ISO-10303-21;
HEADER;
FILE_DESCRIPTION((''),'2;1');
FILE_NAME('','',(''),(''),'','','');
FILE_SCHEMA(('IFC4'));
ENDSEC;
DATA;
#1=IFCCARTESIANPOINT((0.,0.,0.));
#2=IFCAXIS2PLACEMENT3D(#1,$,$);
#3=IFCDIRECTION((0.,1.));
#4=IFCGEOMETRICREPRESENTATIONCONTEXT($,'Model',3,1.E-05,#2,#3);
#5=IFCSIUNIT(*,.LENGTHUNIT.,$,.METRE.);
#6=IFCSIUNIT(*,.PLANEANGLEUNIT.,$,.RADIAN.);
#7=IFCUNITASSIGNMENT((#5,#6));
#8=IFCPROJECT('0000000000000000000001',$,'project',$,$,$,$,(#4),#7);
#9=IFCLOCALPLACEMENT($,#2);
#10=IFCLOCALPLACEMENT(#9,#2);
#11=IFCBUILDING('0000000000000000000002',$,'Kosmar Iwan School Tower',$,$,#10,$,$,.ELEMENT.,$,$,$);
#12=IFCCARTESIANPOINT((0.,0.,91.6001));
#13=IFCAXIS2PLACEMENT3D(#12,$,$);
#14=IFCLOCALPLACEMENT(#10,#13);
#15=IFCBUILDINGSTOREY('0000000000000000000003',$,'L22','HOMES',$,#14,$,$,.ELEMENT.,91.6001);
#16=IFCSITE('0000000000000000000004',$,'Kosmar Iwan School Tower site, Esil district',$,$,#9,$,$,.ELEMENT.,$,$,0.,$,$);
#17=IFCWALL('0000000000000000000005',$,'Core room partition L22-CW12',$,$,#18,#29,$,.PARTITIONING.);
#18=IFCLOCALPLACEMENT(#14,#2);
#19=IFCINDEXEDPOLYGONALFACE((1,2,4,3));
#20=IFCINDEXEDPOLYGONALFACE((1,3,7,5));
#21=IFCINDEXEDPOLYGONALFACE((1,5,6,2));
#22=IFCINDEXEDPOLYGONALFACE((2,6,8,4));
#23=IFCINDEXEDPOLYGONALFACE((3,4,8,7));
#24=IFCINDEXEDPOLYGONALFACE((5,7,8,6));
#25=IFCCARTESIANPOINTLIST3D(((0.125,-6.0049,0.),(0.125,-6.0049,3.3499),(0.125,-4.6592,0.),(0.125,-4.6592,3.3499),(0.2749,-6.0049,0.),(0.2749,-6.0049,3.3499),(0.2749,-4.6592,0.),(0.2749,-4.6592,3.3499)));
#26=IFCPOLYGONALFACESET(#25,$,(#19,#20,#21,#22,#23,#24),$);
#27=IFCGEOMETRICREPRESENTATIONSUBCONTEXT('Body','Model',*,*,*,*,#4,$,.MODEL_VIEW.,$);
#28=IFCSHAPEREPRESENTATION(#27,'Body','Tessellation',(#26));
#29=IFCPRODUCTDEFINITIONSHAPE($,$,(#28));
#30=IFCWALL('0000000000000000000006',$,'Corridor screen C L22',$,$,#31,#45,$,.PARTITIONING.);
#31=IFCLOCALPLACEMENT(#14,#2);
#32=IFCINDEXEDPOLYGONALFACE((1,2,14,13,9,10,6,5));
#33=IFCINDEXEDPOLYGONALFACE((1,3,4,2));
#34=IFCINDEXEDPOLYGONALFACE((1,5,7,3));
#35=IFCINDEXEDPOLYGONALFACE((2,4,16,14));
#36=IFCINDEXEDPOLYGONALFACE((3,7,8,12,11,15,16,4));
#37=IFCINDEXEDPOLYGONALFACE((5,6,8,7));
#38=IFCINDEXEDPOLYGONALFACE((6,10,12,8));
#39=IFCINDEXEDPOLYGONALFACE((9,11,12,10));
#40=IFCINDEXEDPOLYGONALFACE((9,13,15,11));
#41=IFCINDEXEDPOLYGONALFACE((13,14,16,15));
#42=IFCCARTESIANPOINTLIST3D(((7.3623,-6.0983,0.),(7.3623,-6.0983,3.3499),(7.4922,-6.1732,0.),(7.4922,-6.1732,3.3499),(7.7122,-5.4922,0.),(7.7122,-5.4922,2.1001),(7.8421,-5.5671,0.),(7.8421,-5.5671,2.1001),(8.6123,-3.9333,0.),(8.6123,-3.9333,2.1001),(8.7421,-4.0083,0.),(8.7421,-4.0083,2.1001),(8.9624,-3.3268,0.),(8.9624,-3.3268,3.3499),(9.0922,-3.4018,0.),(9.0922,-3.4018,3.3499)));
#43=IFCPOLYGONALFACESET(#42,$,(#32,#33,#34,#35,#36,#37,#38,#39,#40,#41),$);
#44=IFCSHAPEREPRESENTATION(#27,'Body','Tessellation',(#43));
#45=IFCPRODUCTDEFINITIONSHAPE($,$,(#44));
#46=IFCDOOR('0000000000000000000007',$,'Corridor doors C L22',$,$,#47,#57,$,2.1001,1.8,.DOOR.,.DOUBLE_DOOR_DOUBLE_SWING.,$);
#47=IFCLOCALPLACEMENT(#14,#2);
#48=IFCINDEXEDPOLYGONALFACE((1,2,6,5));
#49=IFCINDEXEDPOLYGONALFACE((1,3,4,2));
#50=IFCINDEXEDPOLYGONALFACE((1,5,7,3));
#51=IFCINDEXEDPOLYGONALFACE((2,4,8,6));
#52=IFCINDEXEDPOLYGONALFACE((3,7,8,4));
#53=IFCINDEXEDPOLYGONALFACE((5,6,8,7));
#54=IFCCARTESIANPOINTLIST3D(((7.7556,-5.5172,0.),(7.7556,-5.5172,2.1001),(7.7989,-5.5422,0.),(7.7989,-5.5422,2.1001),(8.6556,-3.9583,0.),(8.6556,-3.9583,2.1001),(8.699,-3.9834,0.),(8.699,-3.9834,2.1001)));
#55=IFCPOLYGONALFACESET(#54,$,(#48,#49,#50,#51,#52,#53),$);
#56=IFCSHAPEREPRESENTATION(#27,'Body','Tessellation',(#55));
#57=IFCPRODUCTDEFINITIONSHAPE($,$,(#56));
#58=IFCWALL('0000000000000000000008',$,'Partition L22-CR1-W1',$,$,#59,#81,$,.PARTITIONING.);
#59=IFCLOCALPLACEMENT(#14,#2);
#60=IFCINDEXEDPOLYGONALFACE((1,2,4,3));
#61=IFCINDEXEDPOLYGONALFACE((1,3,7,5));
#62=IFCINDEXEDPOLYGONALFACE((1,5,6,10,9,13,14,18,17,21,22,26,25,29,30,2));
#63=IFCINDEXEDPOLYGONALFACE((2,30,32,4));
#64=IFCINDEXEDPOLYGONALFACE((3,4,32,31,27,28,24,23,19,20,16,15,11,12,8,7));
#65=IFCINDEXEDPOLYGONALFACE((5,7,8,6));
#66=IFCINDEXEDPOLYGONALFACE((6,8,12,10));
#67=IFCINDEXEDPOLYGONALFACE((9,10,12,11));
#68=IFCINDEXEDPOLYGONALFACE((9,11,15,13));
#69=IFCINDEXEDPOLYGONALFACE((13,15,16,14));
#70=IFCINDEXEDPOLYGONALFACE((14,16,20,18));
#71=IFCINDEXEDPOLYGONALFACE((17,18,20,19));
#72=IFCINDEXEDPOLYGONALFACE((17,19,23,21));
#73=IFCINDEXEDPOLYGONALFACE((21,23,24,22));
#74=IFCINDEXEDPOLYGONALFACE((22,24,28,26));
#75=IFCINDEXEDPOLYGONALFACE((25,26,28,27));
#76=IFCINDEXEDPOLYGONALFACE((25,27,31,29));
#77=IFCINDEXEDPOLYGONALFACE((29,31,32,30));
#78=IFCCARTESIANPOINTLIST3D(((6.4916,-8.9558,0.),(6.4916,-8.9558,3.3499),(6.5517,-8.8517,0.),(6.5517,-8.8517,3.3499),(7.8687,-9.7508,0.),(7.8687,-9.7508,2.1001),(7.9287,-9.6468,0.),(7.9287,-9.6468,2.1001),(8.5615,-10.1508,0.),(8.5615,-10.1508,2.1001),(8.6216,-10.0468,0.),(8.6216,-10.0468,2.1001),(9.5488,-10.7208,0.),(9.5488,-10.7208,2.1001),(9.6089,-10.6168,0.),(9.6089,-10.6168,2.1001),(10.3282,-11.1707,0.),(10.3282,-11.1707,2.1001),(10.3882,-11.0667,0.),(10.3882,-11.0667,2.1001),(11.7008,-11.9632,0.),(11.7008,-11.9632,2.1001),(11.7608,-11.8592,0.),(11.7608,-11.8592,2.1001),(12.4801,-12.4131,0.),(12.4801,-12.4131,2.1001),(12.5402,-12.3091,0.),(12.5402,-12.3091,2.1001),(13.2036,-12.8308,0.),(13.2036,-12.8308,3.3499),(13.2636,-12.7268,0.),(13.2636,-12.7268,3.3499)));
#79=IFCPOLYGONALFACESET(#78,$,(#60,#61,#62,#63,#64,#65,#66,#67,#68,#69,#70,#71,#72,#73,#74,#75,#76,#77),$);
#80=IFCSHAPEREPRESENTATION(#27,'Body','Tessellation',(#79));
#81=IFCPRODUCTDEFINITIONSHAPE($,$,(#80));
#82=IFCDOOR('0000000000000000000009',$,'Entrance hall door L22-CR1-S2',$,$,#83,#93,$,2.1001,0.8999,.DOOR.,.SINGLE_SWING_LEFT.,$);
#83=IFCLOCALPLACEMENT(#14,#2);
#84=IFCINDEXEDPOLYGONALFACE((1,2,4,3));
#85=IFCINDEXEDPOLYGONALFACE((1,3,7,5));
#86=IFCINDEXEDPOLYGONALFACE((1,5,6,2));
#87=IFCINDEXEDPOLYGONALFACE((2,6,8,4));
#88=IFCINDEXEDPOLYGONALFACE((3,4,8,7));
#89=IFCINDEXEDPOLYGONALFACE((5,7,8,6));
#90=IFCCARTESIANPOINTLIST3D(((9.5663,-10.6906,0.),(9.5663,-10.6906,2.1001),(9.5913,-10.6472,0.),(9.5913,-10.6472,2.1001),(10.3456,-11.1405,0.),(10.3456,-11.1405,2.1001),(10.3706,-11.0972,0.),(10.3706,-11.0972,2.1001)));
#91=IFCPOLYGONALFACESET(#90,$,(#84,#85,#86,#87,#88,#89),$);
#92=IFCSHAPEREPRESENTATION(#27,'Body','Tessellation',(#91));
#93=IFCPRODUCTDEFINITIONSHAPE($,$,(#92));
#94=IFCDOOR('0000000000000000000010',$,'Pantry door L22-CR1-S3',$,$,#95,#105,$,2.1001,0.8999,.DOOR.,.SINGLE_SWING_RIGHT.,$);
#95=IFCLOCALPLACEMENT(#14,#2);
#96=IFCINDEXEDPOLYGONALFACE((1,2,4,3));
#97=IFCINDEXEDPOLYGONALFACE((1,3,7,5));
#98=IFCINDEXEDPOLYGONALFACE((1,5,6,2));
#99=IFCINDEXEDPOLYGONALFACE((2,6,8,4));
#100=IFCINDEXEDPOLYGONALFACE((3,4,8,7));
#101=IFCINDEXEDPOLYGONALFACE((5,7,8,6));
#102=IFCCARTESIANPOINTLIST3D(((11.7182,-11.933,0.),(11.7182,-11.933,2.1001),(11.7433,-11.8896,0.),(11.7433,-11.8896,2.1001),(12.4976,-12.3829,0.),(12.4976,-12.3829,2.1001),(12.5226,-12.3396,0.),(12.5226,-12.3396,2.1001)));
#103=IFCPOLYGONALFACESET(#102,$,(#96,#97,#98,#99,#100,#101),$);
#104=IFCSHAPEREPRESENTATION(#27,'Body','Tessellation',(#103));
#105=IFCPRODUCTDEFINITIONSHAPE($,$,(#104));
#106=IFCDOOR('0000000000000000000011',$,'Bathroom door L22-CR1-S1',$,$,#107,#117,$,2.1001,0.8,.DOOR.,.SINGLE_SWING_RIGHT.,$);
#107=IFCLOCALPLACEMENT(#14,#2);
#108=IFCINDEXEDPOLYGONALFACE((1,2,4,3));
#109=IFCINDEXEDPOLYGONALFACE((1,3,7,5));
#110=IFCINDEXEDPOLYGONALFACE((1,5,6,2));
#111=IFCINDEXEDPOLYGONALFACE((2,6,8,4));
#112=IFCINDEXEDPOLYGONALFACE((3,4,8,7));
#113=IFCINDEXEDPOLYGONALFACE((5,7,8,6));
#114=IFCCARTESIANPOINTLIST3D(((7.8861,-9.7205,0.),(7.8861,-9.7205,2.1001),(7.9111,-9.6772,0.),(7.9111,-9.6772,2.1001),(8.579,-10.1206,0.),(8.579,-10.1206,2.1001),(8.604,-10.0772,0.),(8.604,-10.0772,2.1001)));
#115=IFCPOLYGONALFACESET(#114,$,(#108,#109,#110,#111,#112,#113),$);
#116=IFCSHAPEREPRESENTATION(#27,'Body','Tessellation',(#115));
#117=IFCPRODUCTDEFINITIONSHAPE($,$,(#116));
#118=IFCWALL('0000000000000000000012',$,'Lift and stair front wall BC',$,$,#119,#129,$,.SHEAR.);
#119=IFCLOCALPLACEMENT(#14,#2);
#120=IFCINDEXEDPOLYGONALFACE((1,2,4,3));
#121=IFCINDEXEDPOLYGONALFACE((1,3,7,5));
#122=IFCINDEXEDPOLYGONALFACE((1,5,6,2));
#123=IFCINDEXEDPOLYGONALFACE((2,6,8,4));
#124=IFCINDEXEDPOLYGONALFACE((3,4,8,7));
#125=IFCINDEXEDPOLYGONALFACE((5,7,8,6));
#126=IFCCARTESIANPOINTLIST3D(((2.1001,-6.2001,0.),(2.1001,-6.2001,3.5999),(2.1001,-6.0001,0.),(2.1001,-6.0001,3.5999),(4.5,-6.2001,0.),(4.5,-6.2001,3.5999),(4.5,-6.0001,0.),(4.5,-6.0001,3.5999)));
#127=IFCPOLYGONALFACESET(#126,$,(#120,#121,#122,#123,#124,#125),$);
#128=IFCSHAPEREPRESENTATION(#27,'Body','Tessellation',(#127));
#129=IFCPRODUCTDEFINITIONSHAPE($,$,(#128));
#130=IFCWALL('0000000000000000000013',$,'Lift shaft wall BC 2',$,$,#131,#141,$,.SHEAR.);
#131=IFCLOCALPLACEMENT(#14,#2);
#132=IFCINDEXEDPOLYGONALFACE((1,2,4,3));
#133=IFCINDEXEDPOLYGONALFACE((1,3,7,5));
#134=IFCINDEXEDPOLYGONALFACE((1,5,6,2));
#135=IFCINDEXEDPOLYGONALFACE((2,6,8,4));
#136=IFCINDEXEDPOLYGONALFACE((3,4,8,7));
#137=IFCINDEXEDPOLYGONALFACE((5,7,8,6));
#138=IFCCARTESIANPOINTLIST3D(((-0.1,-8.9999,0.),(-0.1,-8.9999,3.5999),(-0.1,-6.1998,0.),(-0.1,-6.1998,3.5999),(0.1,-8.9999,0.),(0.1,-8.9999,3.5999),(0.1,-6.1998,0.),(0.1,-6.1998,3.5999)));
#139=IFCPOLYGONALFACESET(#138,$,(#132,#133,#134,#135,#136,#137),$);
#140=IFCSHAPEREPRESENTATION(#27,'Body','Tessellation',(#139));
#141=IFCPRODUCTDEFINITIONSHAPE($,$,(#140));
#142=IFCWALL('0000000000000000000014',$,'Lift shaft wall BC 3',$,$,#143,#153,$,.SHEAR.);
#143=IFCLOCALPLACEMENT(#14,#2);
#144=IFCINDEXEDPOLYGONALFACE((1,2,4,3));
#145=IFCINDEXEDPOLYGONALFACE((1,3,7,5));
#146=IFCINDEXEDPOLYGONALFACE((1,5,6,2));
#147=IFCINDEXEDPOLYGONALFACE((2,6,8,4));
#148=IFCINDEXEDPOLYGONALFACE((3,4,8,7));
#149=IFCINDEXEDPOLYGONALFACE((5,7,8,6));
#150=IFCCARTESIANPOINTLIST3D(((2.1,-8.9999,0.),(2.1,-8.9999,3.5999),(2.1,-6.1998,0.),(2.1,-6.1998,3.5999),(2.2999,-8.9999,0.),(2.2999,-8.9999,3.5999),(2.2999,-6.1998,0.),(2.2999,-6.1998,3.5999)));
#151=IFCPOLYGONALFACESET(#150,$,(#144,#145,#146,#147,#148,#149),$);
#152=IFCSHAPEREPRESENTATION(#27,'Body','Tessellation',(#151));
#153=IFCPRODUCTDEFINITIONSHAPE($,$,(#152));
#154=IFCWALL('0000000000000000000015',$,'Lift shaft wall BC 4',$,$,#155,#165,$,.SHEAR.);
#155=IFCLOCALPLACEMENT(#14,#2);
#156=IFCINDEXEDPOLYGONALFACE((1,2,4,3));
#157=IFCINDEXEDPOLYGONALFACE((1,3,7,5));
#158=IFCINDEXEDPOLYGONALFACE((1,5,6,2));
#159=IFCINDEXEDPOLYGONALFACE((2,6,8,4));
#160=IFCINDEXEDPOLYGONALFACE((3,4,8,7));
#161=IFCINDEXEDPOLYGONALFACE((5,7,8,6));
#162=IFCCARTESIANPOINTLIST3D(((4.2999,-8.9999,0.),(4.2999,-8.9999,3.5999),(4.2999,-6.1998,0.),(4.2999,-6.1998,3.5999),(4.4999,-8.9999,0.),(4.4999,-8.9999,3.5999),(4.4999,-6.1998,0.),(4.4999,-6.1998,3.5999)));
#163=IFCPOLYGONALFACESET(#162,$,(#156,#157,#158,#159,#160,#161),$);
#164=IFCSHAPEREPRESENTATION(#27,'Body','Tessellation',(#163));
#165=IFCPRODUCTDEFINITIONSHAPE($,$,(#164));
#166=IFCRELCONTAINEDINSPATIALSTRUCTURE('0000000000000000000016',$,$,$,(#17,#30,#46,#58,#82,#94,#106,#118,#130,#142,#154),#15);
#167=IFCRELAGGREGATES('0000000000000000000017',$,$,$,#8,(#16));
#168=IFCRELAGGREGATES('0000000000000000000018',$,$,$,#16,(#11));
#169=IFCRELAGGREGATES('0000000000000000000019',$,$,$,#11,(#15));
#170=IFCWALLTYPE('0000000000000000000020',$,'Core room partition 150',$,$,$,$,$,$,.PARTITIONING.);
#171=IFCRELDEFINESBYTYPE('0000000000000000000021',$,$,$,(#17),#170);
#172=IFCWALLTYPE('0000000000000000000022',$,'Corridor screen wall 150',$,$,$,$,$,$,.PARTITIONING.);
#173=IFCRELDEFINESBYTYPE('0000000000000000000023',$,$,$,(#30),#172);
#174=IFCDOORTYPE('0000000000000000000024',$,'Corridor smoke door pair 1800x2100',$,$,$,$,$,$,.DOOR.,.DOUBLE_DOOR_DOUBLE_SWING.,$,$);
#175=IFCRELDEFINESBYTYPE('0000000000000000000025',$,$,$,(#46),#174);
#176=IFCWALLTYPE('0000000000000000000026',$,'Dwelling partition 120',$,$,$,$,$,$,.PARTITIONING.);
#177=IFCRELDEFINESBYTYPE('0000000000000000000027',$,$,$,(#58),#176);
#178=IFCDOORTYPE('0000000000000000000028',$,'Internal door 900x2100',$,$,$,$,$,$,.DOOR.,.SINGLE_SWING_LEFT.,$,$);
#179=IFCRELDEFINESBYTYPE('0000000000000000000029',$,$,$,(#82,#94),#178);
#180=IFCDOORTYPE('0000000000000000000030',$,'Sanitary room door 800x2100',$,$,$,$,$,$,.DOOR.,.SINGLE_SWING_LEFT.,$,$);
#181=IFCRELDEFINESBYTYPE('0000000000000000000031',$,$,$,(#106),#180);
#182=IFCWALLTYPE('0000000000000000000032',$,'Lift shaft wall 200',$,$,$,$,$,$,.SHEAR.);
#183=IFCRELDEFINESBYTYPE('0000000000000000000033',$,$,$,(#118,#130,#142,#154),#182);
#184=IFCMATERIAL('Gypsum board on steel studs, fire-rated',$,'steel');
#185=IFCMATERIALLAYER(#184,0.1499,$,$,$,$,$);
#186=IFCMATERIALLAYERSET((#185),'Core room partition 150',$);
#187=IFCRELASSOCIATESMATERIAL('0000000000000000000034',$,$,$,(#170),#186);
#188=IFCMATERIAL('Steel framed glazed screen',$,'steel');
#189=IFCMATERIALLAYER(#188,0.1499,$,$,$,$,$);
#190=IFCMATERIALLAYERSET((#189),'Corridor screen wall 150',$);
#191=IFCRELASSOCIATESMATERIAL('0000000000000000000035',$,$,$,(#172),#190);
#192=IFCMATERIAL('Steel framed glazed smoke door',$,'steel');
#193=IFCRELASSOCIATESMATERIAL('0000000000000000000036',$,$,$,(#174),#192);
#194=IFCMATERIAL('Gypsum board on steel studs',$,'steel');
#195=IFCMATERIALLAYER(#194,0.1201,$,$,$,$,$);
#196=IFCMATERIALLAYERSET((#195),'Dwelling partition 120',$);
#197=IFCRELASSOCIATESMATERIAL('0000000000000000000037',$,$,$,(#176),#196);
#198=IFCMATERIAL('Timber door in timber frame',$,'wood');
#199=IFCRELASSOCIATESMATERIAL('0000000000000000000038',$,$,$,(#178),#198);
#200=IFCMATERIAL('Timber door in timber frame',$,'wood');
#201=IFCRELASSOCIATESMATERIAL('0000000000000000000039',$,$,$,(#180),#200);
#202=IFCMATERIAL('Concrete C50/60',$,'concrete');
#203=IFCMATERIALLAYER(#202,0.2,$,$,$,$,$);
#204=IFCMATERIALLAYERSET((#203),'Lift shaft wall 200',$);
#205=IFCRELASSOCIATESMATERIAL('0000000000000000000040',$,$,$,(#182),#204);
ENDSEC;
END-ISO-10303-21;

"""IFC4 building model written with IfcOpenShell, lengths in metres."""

from ifc_helpers import new_model, si_unit, direction, frame, frame_2d, origin, place, context, subcontext, project, spatial, rectangle, extrude, material, layer, layer_set, type_object, element, fill, save


model = new_model("IFC4")

# Units and contexts
model_context = context("Model", 3, precision=1e-05, world=origin(), true_north=direction((0.0, 1.0)))
body_context = subcontext(model_context, "Body", "Model", "MODEL_VIEW")
ifc_project = project(units=[si_unit("LENGTHUNIT", "METRE"), si_unit("PLANEANGLEUNIT", "RADIAN")], contexts=[model_context])

# Site, building, storey
site_placement = place(None, origin())
site = spatial("IfcSite", under=ifc_project, at=site_placement, Name="Kosmar Iwan School Tower site, Esil district", CompositionType="ELEMENT", RefElevation=0.0)
building_placement = place(site_placement, origin())
building = spatial("IfcBuilding", under=site, at=building_placement, Name="Kosmar Iwan School Tower", CompositionType="ELEMENT")
storey_placement = place(building_placement, frame((0.0, 0.0, 91.6001)))
storey = spatial("IfcBuildingStorey", under=building, at=storey_placement, Name="L22", Description="HOMES", CompositionType="ELEMENT", Elevation=91.6001)

# Wall
ifc_material_1 = material(Name="Gypsum board on steel studs, fire-rated", Category="steel")
ifc_layer_1 = layer(ifc_material_1, 0.1499)
ifc_layer_set_1 = layer_set([ifc_layer_1], Name="Core room partition 150")
wall_type_1 = type_object("IfcWallType", Name="Core room partition 150", PredefinedType="PARTITIONING", material=ifc_layer_set_1)
wall_1_placement = place(storey_placement, frame((0.2, -6.0049, 0.0), z_axis=(0.0, 0.0, 1.0), x_axis=(0.0, 1.0, 0.0)))
element("IfcWall", 1, at=wall_1_placement, inside=storey, type_object=wall_type_1, Name="Core room partition L22-CW12", PredefinedType="PARTITIONING", context=body_context, shape_type="SweptSolid", body=[
    extrude(rectangle(XDim=1.3457, YDim=0.1499, at=frame_2d((0.6729, 0.0))), origin(), (0.0, 0.0, 1.0), 3.3499),
])

# Wall, opening, door
ifc_material_2 = material(Name="Steel framed glazed screen", Category="steel")
ifc_layer_2 = layer(ifc_material_2, 0.1499)
ifc_layer_set_2 = layer_set([ifc_layer_2], Name="Corridor screen wall 150")
wall_type_2 = type_object("IfcWallType", Name="Corridor screen wall 150", PredefinedType="PARTITIONING", material=ifc_layer_set_2)
wall_2_placement = place(storey_placement, frame((7.4272, -6.1357, 0.0), z_axis=(0.0, 0.0, 1.0), x_axis=(0.499995, 0.866028, 0.0)))
wall_2 = element("IfcWall", 2, at=wall_2_placement, inside=storey, type_object=wall_type_2, Name="Corridor screen C L22", PredefinedType="PARTITIONING", context=body_context, shape_type="SweptSolid", body=[
    extrude(rectangle(XDim=3.2002, YDim=0.1499, at=frame_2d((1.6001, 0.0))), origin(), (0.0, 0.0, 1.0), 3.3499),
])
opening_1_placement = place(wall_2_placement, frame((0.7, 0.0, 0.0)))
opening_1 = element("IfcOpeningElement", 3, at=opening_1_placement, cuts=wall_2, PredefinedType="OPENING", context=body_context, shape_type="SweptSolid", body=[
    extrude(rectangle(XDim=1.8, YDim=2.1001, at=frame_2d((0.8999, 1.05))), frame((0.0, 0.0869, 0.0), z_axis=(0.0, -1.0, 0.0), x_axis=(1.0, 0.0, 0.0)), (0.0, 0.0, 1.0), 0.1738),
])
ifc_material_3 = material(Name="Steel framed glazed smoke door", Category="steel")
door_type_1 = type_object("IfcDoorType", Name="Corridor smoke door pair 1800x2100", OperationType="DOUBLE_DOOR_DOUBLE_SWING", PredefinedType="DOOR", material=ifc_material_3)
door_1_placement = place(opening_1_placement, origin())
door_1 = element("IfcDoor", 4, at=door_1_placement, inside=storey, type_object=door_type_1, Name="Corridor doors C L22", OperationType="DOUBLE_DOOR_DOUBLE_SWING", OverallHeight=2.1001, OverallWidth=1.8, PredefinedType="DOOR", context=body_context, shape_type="SweptSolid", body=[
    extrude(rectangle(XDim=1.8, YDim=2.1001, at=frame_2d((0.8999, 1.05))), frame((0.0, 0.0249, 0.0), z_axis=(0.0, -1.0, 0.0), x_axis=(1.0, 0.0, 0.0)), (0.0, 0.0, 1.0), 0.05),
])
fill(opening_1, door_1)

# Wall, openings, doors
ifc_material_4 = material(Name="Gypsum board on steel studs", Category="steel")
ifc_layer_3 = layer(ifc_material_4, 0.1201)
ifc_layer_set_3 = layer_set([ifc_layer_3], Name="Dwelling partition 120")
wall_type_3 = type_object("IfcWallType", Name="Dwelling partition 120", PredefinedType="PARTITIONING", material=ifc_layer_set_3)
wall_3_placement = place(storey_placement, frame((6.5217, -8.9038, 0.0), z_axis=(0.0, 0.0, 1.0), x_axis=(0.866032, -0.499988, 0.0)))
wall_3 = element("IfcWall", 5, at=wall_3_placement, inside=storey, type_object=wall_type_3, Name="Partition L22-CR1-W1", PredefinedType="PARTITIONING", context=body_context, shape_type="SweptSolid", body=[
    extrude(rectangle(XDim=7.7502, YDim=0.1201, at=frame_2d((3.875, 0.0))), origin(), (0.0, 0.0, 1.0), 3.3499),
])
opening_2_placement = place(wall_3_placement, frame((1.5901, 0.0, 0.0)))
opening_2 = element("IfcOpeningElement", 6, at=opening_2_placement, cuts=wall_3, PredefinedType="OPENING", context=body_context, shape_type="SweptSolid", body=[
    extrude(rectangle(XDim=0.8, YDim=2.1001, at=frame_2d((0.3999, 1.05))), frame((0.0, 0.072, 0.0), z_axis=(0.0, -1.0, 0.0), x_axis=(1.0, 0.0, 0.0)), (0.0, 0.0, 1.0), 0.144),
])
opening_3_placement = place(wall_3_placement, frame((3.53, 0.0, 0.0)))
opening_3 = element("IfcOpeningElement", 7, at=opening_3_placement, cuts=wall_3, PredefinedType="OPENING", context=body_context, shape_type="SweptSolid", body=[
    extrude(rectangle(XDim=0.8999, YDim=2.1001, at=frame_2d((0.45, 1.05))), frame((0.0, 0.072, 0.0), z_axis=(0.0, -1.0, 0.0), x_axis=(1.0, 0.0, 0.0)), (0.0, 0.0, 1.0), 0.144),
])
opening_4_placement = place(wall_3_placement, frame((6.0149, 0.0, 0.0)))
opening_4 = element("IfcOpeningElement", 8, at=opening_4_placement, cuts=wall_3, PredefinedType="OPENING", context=body_context, shape_type="SweptSolid", body=[
    extrude(rectangle(XDim=0.8999, YDim=2.1001, at=frame_2d((0.45, 1.05))), frame((0.0, 0.072, 0.0), z_axis=(0.0, -1.0, 0.0), x_axis=(1.0, 0.0, 0.0)), (0.0, 0.0, 1.0), 0.144),
])
ifc_material_5 = material(Name="Timber door in timber frame", Category="wood")
door_type_2 = type_object("IfcDoorType", Name="Internal door 900x2100", OperationType="SINGLE_SWING_LEFT", PredefinedType="DOOR", material=ifc_material_5)
door_2_placement = place(opening_3_placement, origin())
door_2 = element("IfcDoor", 9, at=door_2_placement, inside=storey, type_object=door_type_2, Name="Entrance hall door L22-CR1-S2", OperationType="SINGLE_SWING_LEFT", OverallHeight=2.1001, OverallWidth=0.8999, PredefinedType="DOOR", context=body_context, shape_type="SweptSolid", body=[
    extrude(rectangle(XDim=0.8999, YDim=2.1001, at=frame_2d((0.45, 1.05))), frame((0.0, 0.0249, 0.0), z_axis=(0.0, -1.0, 0.0), x_axis=(1.0, 0.0, 0.0)), (0.0, 0.0, 1.0), 0.05),
])
fill(opening_3, door_2)
door_3_placement = place(opening_4_placement, origin())
door_3 = element("IfcDoor", 10, at=door_3_placement, inside=storey, type_object=door_type_2, Name="Pantry door L22-CR1-S3", OperationType="SINGLE_SWING_RIGHT", OverallHeight=2.1001, OverallWidth=0.8999, PredefinedType="DOOR", context=body_context, shape_type="SweptSolid", body=[
    extrude(rectangle(XDim=0.8999, YDim=2.1001, at=frame_2d((0.45, 1.05))), frame((0.0, 0.0249, 0.0), z_axis=(0.0, -1.0, 0.0), x_axis=(1.0, 0.0, 0.0)), (0.0, 0.0, 1.0), 0.05),
])
fill(opening_4, door_3)
ifc_material_6 = material(Name="Timber door in timber frame", Category="wood")
door_type_3 = type_object("IfcDoorType", Name="Sanitary room door 800x2100", OperationType="SINGLE_SWING_LEFT", PredefinedType="DOOR", material=ifc_material_6)
door_4_placement = place(opening_2_placement, origin())
door_4 = element("IfcDoor", 11, at=door_4_placement, inside=storey, type_object=door_type_3, Name="Bathroom door L22-CR1-S1", OperationType="SINGLE_SWING_RIGHT", OverallHeight=2.1001, OverallWidth=0.8, PredefinedType="DOOR", context=body_context, shape_type="SweptSolid", body=[
    extrude(rectangle(XDim=0.8, YDim=2.1001, at=frame_2d((0.3999, 1.05))), frame((0.0, 0.0249, 0.0), z_axis=(0.0, -1.0, 0.0), x_axis=(1.0, 0.0, 0.0)), (0.0, 0.0, 1.0), 0.05),
])
fill(opening_2, door_4)

# Walls
ifc_material_7 = material(Name="Concrete C50/60", Category="concrete")
ifc_layer_4 = layer(ifc_material_7, 0.2)
ifc_layer_set_4 = layer_set([ifc_layer_4], Name="Lift shaft wall 200")
wall_type_4 = type_object("IfcWallType", Name="Lift shaft wall 200", PredefinedType="SHEAR", material=ifc_layer_set_4)
wall_4_placement = place(storey_placement, frame((2.1001, -6.1001, 0.0), z_axis=(0.0, 0.0, 1.0), x_axis=(1.0, 0.0, 0.0)))
element("IfcWall", 12, at=wall_4_placement, inside=storey, type_object=wall_type_4, Name="Lift and stair front wall BC", PredefinedType="SHEAR", context=body_context, shape_type="SweptSolid", body=[
    extrude(rectangle(XDim=2.3999, YDim=0.2, at=frame_2d((1.2, 0.0))), origin(), (0.0, 0.0, 1.0), 3.5999),
])
for number, where, z_axis, x_axis, name in (
    (13, (0.0, -6.2, 0.0), (0.0, 0.0, 1.0), (0.0, -1.0, 0.0), "Lift shaft wall BC 2"),
    (14, (2.2, -6.2, 0.0), (0.0, 0.0, 1.0), (0.0, -1.0, 0.0), "Lift shaft wall BC 3"),
    (15, (4.3999, -6.2, 0.0), (0.0, 0.0, 1.0), (0.0, -1.0, 0.0), "Lift shaft wall BC 4"),
):
    element("IfcWall", number, at=place(storey_placement, frame(where, z_axis=z_axis, x_axis=x_axis)), inside=storey, type_object=wall_type_4, Name=name, PredefinedType="SHEAR", context=body_context, shape_type="SweptSolid", body=[
        extrude(rectangle(XDim=2.8, YDim=0.2, at=frame_2d((1.3999, 0.0))), origin(), (0.0, 0.0, 1.0), 3.5999),
    ])

save(model, "model.ifc")
